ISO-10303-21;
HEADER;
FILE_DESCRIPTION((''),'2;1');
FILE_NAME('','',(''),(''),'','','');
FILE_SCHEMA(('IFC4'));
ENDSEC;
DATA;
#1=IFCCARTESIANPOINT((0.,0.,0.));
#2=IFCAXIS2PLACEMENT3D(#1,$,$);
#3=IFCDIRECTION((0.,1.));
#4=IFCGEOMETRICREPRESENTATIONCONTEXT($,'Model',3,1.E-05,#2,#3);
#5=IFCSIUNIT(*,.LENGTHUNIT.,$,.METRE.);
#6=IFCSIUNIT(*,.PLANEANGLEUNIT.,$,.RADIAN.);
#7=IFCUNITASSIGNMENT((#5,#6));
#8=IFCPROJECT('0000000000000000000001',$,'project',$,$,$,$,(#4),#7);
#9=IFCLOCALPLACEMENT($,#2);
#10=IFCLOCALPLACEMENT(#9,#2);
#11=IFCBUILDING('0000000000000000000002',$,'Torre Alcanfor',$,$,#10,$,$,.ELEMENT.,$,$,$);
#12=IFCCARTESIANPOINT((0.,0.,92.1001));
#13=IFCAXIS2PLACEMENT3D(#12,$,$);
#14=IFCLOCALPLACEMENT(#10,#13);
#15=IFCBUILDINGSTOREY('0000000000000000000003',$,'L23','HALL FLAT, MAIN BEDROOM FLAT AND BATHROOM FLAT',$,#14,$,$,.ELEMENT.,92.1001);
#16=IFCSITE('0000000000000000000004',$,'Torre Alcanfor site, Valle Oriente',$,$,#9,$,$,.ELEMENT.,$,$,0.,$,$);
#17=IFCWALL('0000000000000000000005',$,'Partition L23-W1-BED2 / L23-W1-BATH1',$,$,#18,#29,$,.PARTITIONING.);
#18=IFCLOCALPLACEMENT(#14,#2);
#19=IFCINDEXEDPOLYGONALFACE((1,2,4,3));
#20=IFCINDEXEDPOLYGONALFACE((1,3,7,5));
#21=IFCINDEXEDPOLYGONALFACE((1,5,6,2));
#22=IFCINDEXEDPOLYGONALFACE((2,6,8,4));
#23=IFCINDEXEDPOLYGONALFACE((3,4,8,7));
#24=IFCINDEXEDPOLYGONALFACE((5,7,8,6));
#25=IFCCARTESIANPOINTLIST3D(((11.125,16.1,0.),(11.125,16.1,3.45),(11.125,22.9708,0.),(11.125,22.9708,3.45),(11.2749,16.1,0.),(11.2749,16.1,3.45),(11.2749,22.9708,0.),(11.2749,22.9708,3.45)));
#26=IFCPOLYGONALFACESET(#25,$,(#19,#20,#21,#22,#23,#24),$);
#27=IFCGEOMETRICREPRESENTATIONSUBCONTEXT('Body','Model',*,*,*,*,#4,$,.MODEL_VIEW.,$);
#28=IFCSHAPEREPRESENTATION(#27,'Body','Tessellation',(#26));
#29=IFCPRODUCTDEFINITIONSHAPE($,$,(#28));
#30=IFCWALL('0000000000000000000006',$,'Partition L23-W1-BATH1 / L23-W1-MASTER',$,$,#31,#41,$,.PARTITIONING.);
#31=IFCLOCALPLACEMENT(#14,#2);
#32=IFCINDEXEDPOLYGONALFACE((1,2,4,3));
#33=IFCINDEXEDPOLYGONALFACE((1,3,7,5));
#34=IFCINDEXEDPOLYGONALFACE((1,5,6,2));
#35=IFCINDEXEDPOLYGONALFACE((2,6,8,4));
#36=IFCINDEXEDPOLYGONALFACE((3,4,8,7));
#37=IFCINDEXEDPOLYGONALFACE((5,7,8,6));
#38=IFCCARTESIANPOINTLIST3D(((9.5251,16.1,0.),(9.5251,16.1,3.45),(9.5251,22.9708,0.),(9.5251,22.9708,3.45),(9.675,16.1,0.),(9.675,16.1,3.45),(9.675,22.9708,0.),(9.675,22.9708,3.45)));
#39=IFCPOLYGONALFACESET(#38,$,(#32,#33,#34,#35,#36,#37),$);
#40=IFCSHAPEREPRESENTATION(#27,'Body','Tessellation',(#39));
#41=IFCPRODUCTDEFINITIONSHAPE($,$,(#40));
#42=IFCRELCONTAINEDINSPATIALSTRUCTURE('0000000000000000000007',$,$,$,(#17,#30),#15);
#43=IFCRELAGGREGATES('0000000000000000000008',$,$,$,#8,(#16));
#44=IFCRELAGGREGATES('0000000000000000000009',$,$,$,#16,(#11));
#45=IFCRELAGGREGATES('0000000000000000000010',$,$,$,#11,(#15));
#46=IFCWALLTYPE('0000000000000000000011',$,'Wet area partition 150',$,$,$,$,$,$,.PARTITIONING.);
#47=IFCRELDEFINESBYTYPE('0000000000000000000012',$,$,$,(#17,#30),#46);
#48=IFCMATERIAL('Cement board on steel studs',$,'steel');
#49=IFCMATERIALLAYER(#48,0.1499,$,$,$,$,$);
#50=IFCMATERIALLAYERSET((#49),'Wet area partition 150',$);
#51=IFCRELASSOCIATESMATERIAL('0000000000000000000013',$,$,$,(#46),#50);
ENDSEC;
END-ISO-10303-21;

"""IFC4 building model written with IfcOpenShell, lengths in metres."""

from ifc_helpers import new_model, si_unit, direction, frame, frame_2d, origin, place, context, subcontext, project, spatial, rectangle, extrude, material, layer, layer_set, type_object, element, save


model = new_model("IFC4")

# Units and contexts
model_context = context("Model", 3, precision=1e-05, world=origin(), true_north=direction((0.0, 1.0)))
body_context = subcontext(model_context, "Body", "Model", "MODEL_VIEW")
ifc_project = project(units=[si_unit("LENGTHUNIT", "METRE"), si_unit("PLANEANGLEUNIT", "RADIAN")], contexts=[model_context])

# Site, building, storey
site_placement = place(None, origin())
site = spatial("IfcSite", under=ifc_project, at=site_placement, Name="Torre Alcanfor site, Valle Oriente", CompositionType="ELEMENT", RefElevation=0.0)
building_placement = place(site_placement, origin())
building = spatial("IfcBuilding", under=site, at=building_placement, Name="Torre Alcanfor", CompositionType="ELEMENT")
storey_placement = place(building_placement, frame((0.0, 0.0, 92.1001)))
storey = spatial("IfcBuildingStorey", under=building, at=storey_placement, Name="L23", Description="HALL FLAT, MAIN BEDROOM FLAT AND BATHROOM FLAT", CompositionType="ELEMENT", Elevation=92.1001)

# Shared definitions
ifc_material_1 = material(Name="Cement board on steel studs", Category="steel")
ifc_layer_1 = layer(ifc_material_1, 0.1499)
ifc_layer_set_1 = layer_set([ifc_layer_1], Name="Wet area partition 150")
wall_type_1 = type_object("IfcWallType", Name="Wet area partition 150", PredefinedType="PARTITIONING", material=ifc_layer_set_1)

# Walls
for number, where, z_axis, x_axis, name in (
    (1, (11.2, 22.9709, 0.0), (0.0, 0.0, 1.0), (0.0, -1.0, 0.0), "Partition L23-W1-BED2 / L23-W1-BATH1"),
    (2, (9.6001, 22.9709, 0.0), (0.0, 0.0, 1.0), (0.0, -1.0, 0.0), "Partition L23-W1-BATH1 / L23-W1-MASTER"),
):
    element("IfcWall", number, at=place(storey_placement, frame(where, z_axis=z_axis, x_axis=x_axis)), inside=storey, type_object=wall_type_1, Name=name, PredefinedType="PARTITIONING", context=body_context, shape_type="SweptSolid", body=[
        extrude(rectangle(XDim=6.8708, YDim=0.1499, at=frame_2d((3.4355, 0.0))), origin(), (0.0, 0.0, 1.0), 3.45),
    ])

save(model, "model.ifc")
